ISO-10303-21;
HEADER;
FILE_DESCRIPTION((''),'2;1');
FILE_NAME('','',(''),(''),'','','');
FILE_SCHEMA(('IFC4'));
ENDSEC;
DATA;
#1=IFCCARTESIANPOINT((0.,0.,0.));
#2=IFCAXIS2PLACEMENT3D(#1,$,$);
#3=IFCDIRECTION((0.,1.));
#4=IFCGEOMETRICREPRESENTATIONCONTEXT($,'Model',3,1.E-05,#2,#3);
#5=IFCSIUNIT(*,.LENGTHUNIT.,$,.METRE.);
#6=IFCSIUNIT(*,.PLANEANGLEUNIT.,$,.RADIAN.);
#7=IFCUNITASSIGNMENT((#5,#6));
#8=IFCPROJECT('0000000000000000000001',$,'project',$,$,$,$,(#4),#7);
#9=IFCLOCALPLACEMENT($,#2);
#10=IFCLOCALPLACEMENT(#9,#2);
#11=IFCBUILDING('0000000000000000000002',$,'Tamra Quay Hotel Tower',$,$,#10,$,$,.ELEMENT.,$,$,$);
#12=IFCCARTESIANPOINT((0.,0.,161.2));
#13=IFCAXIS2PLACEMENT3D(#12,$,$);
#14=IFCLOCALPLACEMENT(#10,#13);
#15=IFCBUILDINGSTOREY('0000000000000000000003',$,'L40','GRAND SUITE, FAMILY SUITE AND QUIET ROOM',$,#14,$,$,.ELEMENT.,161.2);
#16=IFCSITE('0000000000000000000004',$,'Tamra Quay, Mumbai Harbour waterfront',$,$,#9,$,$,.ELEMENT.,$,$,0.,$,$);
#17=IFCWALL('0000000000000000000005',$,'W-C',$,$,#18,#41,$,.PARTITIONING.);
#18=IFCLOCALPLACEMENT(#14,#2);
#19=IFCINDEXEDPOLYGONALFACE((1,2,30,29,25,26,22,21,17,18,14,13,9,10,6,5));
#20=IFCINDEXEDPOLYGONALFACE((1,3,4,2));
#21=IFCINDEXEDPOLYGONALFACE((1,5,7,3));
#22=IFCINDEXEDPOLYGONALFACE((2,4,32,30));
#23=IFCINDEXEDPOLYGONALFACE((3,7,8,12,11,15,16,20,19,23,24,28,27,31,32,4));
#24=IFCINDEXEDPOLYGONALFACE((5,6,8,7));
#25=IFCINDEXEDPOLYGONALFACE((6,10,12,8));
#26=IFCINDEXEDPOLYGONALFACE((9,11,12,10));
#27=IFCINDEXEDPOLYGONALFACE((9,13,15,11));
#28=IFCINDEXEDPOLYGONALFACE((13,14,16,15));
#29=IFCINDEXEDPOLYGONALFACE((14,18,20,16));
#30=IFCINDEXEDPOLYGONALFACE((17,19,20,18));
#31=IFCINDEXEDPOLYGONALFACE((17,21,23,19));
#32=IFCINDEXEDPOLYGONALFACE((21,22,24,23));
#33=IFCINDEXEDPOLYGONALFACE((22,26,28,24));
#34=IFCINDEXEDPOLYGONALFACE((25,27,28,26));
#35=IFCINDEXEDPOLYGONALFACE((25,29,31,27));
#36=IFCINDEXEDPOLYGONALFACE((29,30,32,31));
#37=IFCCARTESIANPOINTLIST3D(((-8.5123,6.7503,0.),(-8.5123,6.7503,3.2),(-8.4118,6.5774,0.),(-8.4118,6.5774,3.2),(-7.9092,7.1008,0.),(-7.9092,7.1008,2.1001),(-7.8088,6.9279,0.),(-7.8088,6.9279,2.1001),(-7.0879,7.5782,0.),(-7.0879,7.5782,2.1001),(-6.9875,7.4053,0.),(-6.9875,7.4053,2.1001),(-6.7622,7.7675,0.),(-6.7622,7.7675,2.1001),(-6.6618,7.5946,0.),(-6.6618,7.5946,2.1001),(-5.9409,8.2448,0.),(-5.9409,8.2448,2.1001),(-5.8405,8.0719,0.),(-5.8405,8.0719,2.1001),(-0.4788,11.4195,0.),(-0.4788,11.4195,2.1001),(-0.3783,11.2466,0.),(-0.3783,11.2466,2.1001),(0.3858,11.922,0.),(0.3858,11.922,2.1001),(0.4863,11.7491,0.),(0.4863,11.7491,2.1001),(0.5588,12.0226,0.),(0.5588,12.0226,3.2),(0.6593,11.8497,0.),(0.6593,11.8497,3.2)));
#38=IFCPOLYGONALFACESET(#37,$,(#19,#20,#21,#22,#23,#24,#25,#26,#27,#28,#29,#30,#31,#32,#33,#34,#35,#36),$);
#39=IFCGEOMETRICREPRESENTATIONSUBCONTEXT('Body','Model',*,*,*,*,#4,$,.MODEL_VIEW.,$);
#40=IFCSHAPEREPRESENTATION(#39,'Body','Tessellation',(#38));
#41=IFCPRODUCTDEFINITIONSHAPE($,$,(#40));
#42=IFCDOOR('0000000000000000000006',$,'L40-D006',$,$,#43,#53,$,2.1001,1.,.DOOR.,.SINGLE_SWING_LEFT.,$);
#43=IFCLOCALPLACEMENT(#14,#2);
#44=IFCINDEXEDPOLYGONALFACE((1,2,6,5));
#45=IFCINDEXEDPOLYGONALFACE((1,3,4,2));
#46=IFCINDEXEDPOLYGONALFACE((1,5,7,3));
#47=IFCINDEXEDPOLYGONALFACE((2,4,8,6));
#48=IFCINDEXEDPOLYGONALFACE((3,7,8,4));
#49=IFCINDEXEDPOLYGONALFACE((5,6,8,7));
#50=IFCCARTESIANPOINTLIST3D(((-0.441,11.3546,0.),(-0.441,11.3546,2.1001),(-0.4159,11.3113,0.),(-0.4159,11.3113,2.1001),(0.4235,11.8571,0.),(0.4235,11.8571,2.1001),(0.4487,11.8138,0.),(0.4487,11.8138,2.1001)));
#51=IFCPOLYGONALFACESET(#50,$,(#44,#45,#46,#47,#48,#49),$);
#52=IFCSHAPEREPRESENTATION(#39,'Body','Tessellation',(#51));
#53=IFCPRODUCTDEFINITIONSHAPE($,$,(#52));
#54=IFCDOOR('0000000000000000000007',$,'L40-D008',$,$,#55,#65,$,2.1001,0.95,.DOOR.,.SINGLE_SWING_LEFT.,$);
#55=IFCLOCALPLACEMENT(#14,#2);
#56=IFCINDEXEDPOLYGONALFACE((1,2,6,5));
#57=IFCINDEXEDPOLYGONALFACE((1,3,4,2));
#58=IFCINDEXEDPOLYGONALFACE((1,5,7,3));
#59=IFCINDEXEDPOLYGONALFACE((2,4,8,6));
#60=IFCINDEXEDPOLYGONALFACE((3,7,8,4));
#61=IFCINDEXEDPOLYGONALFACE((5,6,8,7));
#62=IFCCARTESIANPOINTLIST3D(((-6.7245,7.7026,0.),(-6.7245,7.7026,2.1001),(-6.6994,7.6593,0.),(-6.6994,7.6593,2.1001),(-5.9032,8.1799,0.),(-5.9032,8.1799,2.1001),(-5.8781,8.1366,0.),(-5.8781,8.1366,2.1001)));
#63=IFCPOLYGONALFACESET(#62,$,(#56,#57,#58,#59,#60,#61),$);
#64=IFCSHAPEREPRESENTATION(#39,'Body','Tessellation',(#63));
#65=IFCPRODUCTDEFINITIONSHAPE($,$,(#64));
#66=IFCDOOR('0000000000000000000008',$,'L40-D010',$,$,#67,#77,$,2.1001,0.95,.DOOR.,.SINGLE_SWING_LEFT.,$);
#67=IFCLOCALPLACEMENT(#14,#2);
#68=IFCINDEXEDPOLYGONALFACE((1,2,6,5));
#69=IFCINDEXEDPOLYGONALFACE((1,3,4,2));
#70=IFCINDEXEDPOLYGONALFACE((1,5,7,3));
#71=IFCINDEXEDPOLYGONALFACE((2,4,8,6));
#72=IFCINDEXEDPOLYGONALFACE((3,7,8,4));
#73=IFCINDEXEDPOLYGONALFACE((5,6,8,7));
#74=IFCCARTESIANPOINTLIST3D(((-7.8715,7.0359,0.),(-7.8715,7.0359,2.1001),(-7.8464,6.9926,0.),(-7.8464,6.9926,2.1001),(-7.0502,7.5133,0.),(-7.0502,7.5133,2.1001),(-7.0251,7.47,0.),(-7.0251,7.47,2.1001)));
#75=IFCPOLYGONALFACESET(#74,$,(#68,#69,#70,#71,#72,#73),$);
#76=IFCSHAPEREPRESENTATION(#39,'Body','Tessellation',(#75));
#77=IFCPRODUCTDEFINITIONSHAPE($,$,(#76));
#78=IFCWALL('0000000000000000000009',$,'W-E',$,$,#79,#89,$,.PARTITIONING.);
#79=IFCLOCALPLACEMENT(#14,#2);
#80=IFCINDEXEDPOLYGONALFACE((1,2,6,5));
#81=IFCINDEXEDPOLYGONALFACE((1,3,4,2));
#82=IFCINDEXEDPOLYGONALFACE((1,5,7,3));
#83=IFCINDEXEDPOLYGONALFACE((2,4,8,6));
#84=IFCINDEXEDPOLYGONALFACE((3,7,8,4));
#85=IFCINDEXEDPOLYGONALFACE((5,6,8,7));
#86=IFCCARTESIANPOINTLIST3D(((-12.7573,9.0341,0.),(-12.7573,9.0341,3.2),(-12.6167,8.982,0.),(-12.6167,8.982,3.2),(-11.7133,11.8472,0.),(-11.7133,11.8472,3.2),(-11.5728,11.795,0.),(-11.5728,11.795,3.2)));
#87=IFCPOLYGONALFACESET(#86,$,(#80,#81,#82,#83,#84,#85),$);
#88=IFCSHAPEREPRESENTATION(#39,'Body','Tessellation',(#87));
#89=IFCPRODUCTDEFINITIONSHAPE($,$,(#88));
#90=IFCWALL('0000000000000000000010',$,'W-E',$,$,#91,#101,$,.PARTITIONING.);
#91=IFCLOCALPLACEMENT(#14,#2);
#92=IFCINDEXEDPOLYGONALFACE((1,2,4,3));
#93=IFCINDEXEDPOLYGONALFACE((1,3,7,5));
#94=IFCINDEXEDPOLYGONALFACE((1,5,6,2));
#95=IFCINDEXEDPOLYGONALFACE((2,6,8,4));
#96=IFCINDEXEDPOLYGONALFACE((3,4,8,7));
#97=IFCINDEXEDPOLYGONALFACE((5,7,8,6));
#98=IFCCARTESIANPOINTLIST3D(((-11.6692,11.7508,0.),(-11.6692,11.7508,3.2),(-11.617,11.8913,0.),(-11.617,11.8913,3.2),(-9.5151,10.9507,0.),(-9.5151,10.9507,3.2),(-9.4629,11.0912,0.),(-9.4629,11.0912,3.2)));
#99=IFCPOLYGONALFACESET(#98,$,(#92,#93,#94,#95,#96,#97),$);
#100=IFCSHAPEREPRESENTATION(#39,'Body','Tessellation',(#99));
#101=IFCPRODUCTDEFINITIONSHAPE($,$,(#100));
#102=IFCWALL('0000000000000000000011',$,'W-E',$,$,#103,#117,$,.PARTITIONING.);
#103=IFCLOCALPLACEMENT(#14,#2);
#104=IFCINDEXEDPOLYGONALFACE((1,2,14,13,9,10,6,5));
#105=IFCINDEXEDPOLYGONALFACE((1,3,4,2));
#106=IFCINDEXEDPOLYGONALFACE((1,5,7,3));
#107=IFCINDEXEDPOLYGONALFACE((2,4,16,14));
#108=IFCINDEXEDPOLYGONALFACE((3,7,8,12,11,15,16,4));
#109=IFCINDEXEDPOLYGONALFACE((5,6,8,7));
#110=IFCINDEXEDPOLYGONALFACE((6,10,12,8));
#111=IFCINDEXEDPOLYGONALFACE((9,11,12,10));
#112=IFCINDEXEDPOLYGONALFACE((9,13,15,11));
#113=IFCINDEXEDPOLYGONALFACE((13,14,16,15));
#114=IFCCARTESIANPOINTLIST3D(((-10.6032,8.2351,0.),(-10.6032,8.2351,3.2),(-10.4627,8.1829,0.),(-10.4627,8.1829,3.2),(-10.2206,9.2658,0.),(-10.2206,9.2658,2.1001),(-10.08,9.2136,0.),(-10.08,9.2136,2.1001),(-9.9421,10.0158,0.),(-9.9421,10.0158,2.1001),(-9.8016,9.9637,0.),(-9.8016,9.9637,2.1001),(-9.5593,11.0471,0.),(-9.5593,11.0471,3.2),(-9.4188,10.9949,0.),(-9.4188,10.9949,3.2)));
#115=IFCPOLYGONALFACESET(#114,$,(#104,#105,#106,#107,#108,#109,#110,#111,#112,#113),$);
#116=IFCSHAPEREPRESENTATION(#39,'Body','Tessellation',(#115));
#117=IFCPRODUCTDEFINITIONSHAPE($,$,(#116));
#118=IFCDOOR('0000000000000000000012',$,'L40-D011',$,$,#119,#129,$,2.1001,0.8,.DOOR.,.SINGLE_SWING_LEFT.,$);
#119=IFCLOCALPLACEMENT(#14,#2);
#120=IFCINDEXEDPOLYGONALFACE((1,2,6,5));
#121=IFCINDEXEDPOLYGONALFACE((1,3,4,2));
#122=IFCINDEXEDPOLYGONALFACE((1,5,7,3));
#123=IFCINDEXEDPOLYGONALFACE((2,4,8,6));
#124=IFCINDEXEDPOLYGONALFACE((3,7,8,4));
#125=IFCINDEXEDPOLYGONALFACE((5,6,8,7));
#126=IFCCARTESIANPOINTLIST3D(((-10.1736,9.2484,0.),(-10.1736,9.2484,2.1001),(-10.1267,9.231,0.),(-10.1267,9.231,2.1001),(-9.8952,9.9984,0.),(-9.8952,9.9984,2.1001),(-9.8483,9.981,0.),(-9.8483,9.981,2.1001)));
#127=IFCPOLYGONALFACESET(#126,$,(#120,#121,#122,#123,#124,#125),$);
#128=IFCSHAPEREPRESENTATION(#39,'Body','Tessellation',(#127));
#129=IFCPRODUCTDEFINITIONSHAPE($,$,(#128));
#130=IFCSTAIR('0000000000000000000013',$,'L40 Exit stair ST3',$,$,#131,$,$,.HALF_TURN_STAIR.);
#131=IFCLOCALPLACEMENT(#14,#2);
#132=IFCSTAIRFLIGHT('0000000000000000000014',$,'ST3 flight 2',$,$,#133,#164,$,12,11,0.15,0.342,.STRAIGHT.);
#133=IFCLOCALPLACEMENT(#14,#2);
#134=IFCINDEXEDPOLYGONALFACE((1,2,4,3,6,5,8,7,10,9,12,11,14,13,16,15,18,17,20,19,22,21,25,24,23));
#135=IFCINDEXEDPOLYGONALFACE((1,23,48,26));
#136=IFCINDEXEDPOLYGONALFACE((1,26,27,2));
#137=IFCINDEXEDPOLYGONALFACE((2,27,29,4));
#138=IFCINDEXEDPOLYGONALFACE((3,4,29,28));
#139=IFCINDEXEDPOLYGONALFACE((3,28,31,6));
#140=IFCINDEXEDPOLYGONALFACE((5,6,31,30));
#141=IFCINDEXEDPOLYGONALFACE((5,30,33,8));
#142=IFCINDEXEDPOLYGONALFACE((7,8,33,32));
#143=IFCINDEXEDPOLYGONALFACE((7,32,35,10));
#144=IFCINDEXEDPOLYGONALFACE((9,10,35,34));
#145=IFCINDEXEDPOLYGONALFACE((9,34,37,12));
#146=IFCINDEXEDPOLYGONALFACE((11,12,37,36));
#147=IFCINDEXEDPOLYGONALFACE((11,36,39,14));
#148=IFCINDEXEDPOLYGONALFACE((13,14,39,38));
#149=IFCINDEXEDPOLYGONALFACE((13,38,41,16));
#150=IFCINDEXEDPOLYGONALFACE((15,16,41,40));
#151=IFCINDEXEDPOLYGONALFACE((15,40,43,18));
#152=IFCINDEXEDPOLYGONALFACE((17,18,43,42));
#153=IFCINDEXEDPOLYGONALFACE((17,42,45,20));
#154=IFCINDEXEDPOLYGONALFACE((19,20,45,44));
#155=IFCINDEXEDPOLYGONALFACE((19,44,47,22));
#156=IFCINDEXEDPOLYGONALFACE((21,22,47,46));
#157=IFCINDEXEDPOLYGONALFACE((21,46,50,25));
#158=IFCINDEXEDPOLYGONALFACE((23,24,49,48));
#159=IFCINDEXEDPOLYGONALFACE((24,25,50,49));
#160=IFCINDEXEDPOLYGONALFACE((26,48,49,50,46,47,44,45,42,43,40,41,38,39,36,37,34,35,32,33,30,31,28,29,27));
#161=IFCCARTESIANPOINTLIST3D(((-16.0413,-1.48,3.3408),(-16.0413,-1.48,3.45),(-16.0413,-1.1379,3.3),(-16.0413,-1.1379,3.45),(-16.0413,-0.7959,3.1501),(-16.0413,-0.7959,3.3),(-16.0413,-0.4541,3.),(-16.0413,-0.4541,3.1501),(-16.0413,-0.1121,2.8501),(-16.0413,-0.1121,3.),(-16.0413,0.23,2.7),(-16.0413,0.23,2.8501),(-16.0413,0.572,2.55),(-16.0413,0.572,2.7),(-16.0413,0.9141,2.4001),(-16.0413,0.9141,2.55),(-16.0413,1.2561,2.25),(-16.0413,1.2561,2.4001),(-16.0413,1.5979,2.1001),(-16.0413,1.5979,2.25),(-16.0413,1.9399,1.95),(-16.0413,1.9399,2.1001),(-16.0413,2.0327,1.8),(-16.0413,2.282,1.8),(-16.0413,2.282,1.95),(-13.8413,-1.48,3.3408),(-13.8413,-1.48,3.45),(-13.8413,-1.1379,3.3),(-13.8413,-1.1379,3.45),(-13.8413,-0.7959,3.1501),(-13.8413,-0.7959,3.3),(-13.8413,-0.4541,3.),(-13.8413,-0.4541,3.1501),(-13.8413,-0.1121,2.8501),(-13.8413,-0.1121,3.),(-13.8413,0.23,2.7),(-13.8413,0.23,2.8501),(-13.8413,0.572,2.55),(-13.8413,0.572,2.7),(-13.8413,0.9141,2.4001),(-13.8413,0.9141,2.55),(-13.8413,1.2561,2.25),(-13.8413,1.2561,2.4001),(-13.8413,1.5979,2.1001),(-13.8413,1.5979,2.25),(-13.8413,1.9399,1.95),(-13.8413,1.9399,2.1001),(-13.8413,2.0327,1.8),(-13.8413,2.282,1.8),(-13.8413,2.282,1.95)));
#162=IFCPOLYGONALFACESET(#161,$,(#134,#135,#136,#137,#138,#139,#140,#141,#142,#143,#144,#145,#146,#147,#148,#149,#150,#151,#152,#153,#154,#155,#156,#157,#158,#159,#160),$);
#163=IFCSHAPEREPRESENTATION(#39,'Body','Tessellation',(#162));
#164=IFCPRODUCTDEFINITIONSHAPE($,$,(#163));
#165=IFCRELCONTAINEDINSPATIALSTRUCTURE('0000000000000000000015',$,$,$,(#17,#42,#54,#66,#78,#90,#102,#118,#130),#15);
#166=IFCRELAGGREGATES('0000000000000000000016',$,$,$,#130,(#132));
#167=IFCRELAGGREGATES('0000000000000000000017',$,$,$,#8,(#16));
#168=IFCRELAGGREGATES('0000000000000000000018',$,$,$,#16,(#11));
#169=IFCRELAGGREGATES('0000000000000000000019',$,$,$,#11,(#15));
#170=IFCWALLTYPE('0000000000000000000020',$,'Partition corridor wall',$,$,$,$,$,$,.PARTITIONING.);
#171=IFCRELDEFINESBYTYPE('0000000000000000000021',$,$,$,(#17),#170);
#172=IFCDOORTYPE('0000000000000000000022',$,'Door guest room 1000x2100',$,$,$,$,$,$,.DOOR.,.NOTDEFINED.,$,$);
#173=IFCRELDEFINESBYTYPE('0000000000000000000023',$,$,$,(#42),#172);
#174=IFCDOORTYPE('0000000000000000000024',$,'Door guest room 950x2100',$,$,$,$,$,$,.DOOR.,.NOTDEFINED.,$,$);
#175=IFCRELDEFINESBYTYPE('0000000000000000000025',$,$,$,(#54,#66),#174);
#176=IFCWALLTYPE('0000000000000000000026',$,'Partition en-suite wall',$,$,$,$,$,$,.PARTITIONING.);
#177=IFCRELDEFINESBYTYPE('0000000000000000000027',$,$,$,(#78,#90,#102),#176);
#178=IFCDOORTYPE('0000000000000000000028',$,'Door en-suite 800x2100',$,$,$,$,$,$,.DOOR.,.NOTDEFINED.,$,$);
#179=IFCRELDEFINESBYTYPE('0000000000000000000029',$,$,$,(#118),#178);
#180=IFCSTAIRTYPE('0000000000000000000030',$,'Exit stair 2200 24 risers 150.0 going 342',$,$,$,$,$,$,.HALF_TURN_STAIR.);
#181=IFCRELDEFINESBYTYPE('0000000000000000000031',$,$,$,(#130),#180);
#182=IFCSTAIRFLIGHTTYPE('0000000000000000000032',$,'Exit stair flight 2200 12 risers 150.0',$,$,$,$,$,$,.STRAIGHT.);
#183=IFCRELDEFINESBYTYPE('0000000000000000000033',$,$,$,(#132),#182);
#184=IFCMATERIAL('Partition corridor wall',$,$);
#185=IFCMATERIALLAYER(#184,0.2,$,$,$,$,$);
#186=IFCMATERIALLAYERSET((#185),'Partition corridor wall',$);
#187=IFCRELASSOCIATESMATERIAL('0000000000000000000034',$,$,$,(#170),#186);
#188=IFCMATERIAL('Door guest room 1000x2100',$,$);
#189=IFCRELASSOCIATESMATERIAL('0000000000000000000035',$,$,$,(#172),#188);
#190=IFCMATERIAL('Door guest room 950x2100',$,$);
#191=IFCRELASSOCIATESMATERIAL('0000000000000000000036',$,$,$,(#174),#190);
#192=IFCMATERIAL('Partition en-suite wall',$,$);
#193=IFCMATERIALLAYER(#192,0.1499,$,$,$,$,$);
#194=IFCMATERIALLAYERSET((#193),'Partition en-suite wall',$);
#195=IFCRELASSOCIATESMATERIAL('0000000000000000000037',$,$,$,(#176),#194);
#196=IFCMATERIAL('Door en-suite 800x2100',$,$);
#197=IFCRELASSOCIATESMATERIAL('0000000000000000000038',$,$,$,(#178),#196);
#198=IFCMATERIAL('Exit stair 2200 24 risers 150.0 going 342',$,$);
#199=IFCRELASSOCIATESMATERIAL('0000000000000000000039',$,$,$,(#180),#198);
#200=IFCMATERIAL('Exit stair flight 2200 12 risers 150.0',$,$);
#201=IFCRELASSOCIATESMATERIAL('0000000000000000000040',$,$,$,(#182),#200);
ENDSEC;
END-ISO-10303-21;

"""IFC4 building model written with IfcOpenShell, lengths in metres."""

from ifc_helpers import new_model, si_unit, direction, frame, frame_2d, origin, place, context, subcontext, project, spatial, polyline, rectangle, outline, extrude, material, layer, layer_set, type_object, element, fill, aggregate, save


model = new_model("IFC4")

# Units and contexts
model_context = context("Model", 3, precision=1e-05, world=origin(), true_north=direction((0.0, 1.0)))
body_context = subcontext(model_context, "Body", "Model", "MODEL_VIEW")
ifc_project = project(units=[si_unit("LENGTHUNIT", "METRE"), si_unit("PLANEANGLEUNIT", "RADIAN")], contexts=[model_context])

# Site, building, storey
site_placement = place(None, origin())
site = spatial("IfcSite", under=ifc_project, at=site_placement, Name="Tamra Quay, Mumbai Harbour waterfront", CompositionType="ELEMENT", RefElevation=0.0)
building_placement = place(site_placement, origin())
building = spatial("IfcBuilding", under=site, at=building_placement, Name="Tamra Quay Hotel Tower", CompositionType="ELEMENT")
storey_placement = place(building_placement, frame((0.0, 0.0, 161.2)))
storey = spatial("IfcBuildingStorey", under=building, at=storey_placement, Name="L40", Description="GRAND SUITE, FAMILY SUITE AND QUIET ROOM", CompositionType="ELEMENT", Elevation=161.2)

# Shared definitions
ifc_material_1 = material(Name="Partition corridor wall")
ifc_layer_1 = layer(ifc_material_1, 0.2)
ifc_layer_set_1 = layer_set([ifc_layer_1], Name="Partition corridor wall")
wall_type_1 = type_object("IfcWallType", Name="Partition corridor wall", PredefinedType="PARTITIONING", material=ifc_layer_set_1)

# Wall, openings, doors
wall_1_placement = place(storey_placement, frame((-8.4622, 6.6638, 0.0), z_axis=(0.0, 0.0, 1.0), x_axis=(0.864575, 0.502503, 0.0)))
wall_1 = element("IfcWall", 1, at=wall_1_placement, inside=storey, type_object=wall_type_1, Name="W-C", PredefinedType="PARTITIONING", context=body_context, shape_type="SweptSolid", body=[
    extrude(rectangle(XDim=10.4919, YDim=0.2, at=frame_2d((5.2461, 0.0))), origin(), (0.0, 0.0, 1.0), 3.2),
])
opening_1_placement = place(wall_1_placement, frame((9.292, 0.0, 0.0)))
opening_1 = element("IfcOpeningElement", 2, at=opening_1_placement, cuts=wall_1, PredefinedType="OPENING", context=body_context, shape_type="SweptSolid", body=[
    extrude(rectangle(XDim=1.0, YDim=2.1001, at=frame_2d((0.5, 1.05))), frame((0.0, 0.1099, 0.0), z_axis=(0.0, -1.0, 0.0), x_axis=(1.0, 0.0, 0.0)), (0.0, 0.0, 1.0), 0.22),
])
opening_2_placement = place(wall_1_placement, frame((2.0242, 0.0, 0.0)))
opening_2 = element("IfcOpeningElement", 3, at=opening_2_placement, cuts=wall_1, PredefinedType="OPENING", context=body_context, shape_type="SweptSolid", body=[
    extrude(rectangle(XDim=0.95, YDim=2.1001, at=frame_2d((0.4751, 1.05))), frame((0.0, 0.1099, 0.0), z_axis=(0.0, -1.0, 0.0), x_axis=(1.0, 0.0, 0.0)), (0.0, 0.0, 1.0), 0.22),
])
opening_3_placement = place(wall_1_placement, frame((0.6975, 0.0, 0.0)))
opening_3 = element("IfcOpeningElement", 4, at=opening_3_placement, cuts=wall_1, PredefinedType="OPENING", context=body_context, shape_type="SweptSolid", body=[
    extrude(rectangle(XDim=0.95, YDim=2.1001, at=frame_2d((0.4751, 1.05))), frame((0.0, 0.1099, 0.0), z_axis=(0.0, -1.0, 0.0), x_axis=(1.0, 0.0, 0.0)), (0.0, 0.0, 1.0), 0.22),
])
ifc_material_2 = material(Name="Door guest room 1000x2100")
door_type_1 = type_object("IfcDoorType", Name="Door guest room 1000x2100", OperationType="NOTDEFINED", PredefinedType="DOOR", material=ifc_material_2)
door_1_placement = place(opening_1_placement, origin())
door_1 = element("IfcDoor", 5, at=door_1_placement, inside=storey, type_object=door_type_1, Name="L40-D006", OperationType="SINGLE_SWING_LEFT", OverallHeight=2.1001, OverallWidth=1.0, PredefinedType="DOOR", context=body_context, shape_type="SweptSolid", body=[
    extrude(rectangle(XDim=1.0, YDim=2.1001, at=frame_2d((0.5, 1.05))), frame((0.0, 0.0249, 0.0), z_axis=(0.0, -1.0, 0.0), x_axis=(1.0, 0.0, 0.0)), (0.0, 0.0, 1.0), 0.05),
])
fill(opening_1, door_1)
ifc_material_3 = material(Name="Door guest room 950x2100")
door_type_2 = type_object("IfcDoorType", Name="Door guest room 950x2100", OperationType="NOTDEFINED", PredefinedType="DOOR", material=ifc_material_3)
door_2_placement = place(opening_2_placement, origin())
door_2 = element("IfcDoor", 6, at=door_2_placement, inside=storey, type_object=door_type_2, Name="L40-D008", OperationType="SINGLE_SWING_LEFT", OverallHeight=2.1001, OverallWidth=0.95, PredefinedType="DOOR", context=body_context, shape_type="SweptSolid", body=[
    extrude(rectangle(XDim=0.95, YDim=2.1001, at=frame_2d((0.4751, 1.05))), frame((0.0, 0.0249, 0.0), z_axis=(0.0, -1.0, 0.0), x_axis=(1.0, 0.0, 0.0)), (0.0, 0.0, 1.0), 0.05),
])
fill(opening_2, door_2)
door_3_placement = place(opening_3_placement, origin())
door_3 = element("IfcDoor", 7, at=door_3_placement, inside=storey, type_object=door_type_2, Name="L40-D010", OperationType="SINGLE_SWING_LEFT", OverallHeight=2.1001, OverallWidth=0.95, PredefinedType="DOOR", context=body_context, shape_type="SweptSolid", body=[
    extrude(rectangle(XDim=0.95, YDim=2.1001, at=frame_2d((0.4751, 1.05))), frame((0.0, 0.0249, 0.0), z_axis=(0.0, -1.0, 0.0), x_axis=(1.0, 0.0, 0.0)), (0.0, 0.0, 1.0), 0.05),
])
fill(opening_3, door_3)

# Walls
ifc_material_4 = material(Name="Partition en-suite wall")
ifc_layer_2 = layer(ifc_material_4, 0.1499)
ifc_layer_set_2 = layer_set([ifc_layer_2], Name="Partition en-suite wall")
wall_type_2 = type_object("IfcWallType", Name="Partition en-suite wall", PredefinedType="PARTITIONING", material=ifc_layer_set_2)
wall_2_placement = place(storey_placement, frame((-12.687, 9.0081, 0.0), z_axis=(0.0, 0.0, 1.0), x_axis=(0.347929, 0.937521, 0.0)))
element("IfcWall", 8, at=wall_2_placement, inside=storey, type_object=wall_type_2, Name="W-E", PredefinedType="PARTITIONING", context=body_context, shape_type="SweptSolid", body=[
    extrude(rectangle(XDim=3.0005, YDim=0.1499, at=frame_2d((1.5002, 0.0))), origin(), (0.0, 0.0, 1.0), 3.2),
])
wall_3_placement = place(storey_placement, frame((-11.6431, 11.821, 0.0), z_axis=(0.0, 0.0, 1.0), x_axis=(0.937429, -0.348176, 0.0)))
element("IfcWall", 9, at=wall_3_placement, inside=storey, type_object=wall_type_2, Name="W-E", PredefinedType="PARTITIONING", context=body_context, shape_type="SweptSolid", body=[
    extrude(rectangle(XDim=2.2979, YDim=0.1499, at=frame_2d((1.1489, 0.0))), origin(), (0.0, 0.0, 1.0), 3.2),
])

# Wall, opening, door
wall_4_placement = place(storey_placement, frame((-10.533, 8.209, 0.0), z_axis=(0.0, 0.0, 1.0), x_axis=(0.348035, 0.937481, 0.0)))
wall_4 = element("IfcWall", 10, at=wall_4_placement, inside=storey, type_object=wall_type_2, Name="W-E", PredefinedType="PARTITIONING", context=body_context, shape_type="SweptSolid", body=[
    extrude(rectangle(XDim=2.9995, YDim=0.1499, at=frame_2d((1.4998, 0.0))), origin(), (0.0, 0.0, 1.0), 3.2),
])
opening_4_placement = place(wall_4_placement, frame((1.0996, 0.0, 0.0)))
opening_4 = element("IfcOpeningElement", 11, at=opening_4_placement, cuts=wall_4, PredefinedType="OPENING", context=body_context, shape_type="SweptSolid", body=[
    extrude(rectangle(XDim=0.8, YDim=2.1001, at=frame_2d((0.3999, 1.05))), frame((0.0, 0.085, 0.0), z_axis=(0.0, -1.0, 0.0), x_axis=(1.0, 0.0, 0.0)), (0.0, 0.0, 1.0), 0.1699),
])
ifc_material_5 = material(Name="Door en-suite 800x2100")
door_type_3 = type_object("IfcDoorType", Name="Door en-suite 800x2100", OperationType="NOTDEFINED", PredefinedType="DOOR", material=ifc_material_5)
door_4_placement = place(opening_4_placement, origin())
door_4 = element("IfcDoor", 12, at=door_4_placement, inside=storey, type_object=door_type_3, Name="L40-D011", OperationType="SINGLE_SWING_LEFT", OverallHeight=2.1001, OverallWidth=0.8, PredefinedType="DOOR", context=body_context, shape_type="SweptSolid", body=[
    extrude(rectangle(XDim=0.8, YDim=2.1001, at=frame_2d((0.3999, 1.05))), frame((0.0, 0.0249, 0.0), z_axis=(0.0, -1.0, 0.0), x_axis=(1.0, 0.0, 0.0)), (0.0, 0.0, 1.0), 0.05),
])
fill(opening_4, door_4)

# Stair, stair flight
ifc_material_6 = material(Name="Exit stair 2200 24 risers 150.0 going 342")
stair_type = type_object("IfcStairType", Name="Exit stair 2200 24 risers 150.0 going 342", PredefinedType="HALF_TURN_STAIR", material=ifc_material_6)
stair_placement = place(storey_placement, origin())
stair = element("IfcStair", 13, at=stair_placement, inside=storey, type_object=stair_type, Name="L40 Exit stair ST3", PredefinedType="HALF_TURN_STAIR")
ifc_material_7 = material(Name="Exit stair flight 2200 12 risers 150.0")
stair_flight_type = type_object("IfcStairFlightType", Name="Exit stair flight 2200 12 risers 150.0", PredefinedType="STRAIGHT", material=ifc_material_7)
stair_flight_placement = place(storey_placement, frame((-14.9414, 2.282, 1.8), z_axis=(0.0, 0.0, 1.0), x_axis=(0.0, -1.0, 0.0)))
stair_flight = element("IfcStairFlight", 14, at=stair_flight_placement, type_object=stair_flight_type, Name="ST3 flight 2", NumberOfRisers=12, NumberOfTreads=11, PredefinedType="STRAIGHT", RiserHeight=0.15, TreadLength=0.342, context=body_context, shape_type="SweptSolid", body=[
    extrude(outline(polyline([(0.0, 0.0), (0.0, 0.1499), (0.342, 0.1499), (0.342, 0.3), (0.6841, 0.3), (0.6841, 0.45), (1.0259, 0.45), (1.0259, 0.6001), (1.3679, 0.6001), (1.3679, 0.75), (1.71, 0.75), (1.71, 0.8999), (2.052, 0.8999), (2.052, 1.05), (2.394, 1.05), (2.394, 1.2), (2.7361, 1.2), (2.7361, 1.3501), (3.0779, 1.3501), (3.0779, 1.5), (3.4199, 1.5), (3.4199, 1.6499), (3.762, 1.6499), (3.762, 1.8), (3.762, 1.5408), (0.2493, 0.0), (0.0, 0.0)])), frame((0.0, 1.1001, 0.0), z_axis=(0.0, -1.0, 0.0), x_axis=(1.0, 0.0, 0.0)), (0.0, 0.0, 1.0), 2.2),
])
aggregate(stair, [stair_flight])

save(model, "model.ifc")
